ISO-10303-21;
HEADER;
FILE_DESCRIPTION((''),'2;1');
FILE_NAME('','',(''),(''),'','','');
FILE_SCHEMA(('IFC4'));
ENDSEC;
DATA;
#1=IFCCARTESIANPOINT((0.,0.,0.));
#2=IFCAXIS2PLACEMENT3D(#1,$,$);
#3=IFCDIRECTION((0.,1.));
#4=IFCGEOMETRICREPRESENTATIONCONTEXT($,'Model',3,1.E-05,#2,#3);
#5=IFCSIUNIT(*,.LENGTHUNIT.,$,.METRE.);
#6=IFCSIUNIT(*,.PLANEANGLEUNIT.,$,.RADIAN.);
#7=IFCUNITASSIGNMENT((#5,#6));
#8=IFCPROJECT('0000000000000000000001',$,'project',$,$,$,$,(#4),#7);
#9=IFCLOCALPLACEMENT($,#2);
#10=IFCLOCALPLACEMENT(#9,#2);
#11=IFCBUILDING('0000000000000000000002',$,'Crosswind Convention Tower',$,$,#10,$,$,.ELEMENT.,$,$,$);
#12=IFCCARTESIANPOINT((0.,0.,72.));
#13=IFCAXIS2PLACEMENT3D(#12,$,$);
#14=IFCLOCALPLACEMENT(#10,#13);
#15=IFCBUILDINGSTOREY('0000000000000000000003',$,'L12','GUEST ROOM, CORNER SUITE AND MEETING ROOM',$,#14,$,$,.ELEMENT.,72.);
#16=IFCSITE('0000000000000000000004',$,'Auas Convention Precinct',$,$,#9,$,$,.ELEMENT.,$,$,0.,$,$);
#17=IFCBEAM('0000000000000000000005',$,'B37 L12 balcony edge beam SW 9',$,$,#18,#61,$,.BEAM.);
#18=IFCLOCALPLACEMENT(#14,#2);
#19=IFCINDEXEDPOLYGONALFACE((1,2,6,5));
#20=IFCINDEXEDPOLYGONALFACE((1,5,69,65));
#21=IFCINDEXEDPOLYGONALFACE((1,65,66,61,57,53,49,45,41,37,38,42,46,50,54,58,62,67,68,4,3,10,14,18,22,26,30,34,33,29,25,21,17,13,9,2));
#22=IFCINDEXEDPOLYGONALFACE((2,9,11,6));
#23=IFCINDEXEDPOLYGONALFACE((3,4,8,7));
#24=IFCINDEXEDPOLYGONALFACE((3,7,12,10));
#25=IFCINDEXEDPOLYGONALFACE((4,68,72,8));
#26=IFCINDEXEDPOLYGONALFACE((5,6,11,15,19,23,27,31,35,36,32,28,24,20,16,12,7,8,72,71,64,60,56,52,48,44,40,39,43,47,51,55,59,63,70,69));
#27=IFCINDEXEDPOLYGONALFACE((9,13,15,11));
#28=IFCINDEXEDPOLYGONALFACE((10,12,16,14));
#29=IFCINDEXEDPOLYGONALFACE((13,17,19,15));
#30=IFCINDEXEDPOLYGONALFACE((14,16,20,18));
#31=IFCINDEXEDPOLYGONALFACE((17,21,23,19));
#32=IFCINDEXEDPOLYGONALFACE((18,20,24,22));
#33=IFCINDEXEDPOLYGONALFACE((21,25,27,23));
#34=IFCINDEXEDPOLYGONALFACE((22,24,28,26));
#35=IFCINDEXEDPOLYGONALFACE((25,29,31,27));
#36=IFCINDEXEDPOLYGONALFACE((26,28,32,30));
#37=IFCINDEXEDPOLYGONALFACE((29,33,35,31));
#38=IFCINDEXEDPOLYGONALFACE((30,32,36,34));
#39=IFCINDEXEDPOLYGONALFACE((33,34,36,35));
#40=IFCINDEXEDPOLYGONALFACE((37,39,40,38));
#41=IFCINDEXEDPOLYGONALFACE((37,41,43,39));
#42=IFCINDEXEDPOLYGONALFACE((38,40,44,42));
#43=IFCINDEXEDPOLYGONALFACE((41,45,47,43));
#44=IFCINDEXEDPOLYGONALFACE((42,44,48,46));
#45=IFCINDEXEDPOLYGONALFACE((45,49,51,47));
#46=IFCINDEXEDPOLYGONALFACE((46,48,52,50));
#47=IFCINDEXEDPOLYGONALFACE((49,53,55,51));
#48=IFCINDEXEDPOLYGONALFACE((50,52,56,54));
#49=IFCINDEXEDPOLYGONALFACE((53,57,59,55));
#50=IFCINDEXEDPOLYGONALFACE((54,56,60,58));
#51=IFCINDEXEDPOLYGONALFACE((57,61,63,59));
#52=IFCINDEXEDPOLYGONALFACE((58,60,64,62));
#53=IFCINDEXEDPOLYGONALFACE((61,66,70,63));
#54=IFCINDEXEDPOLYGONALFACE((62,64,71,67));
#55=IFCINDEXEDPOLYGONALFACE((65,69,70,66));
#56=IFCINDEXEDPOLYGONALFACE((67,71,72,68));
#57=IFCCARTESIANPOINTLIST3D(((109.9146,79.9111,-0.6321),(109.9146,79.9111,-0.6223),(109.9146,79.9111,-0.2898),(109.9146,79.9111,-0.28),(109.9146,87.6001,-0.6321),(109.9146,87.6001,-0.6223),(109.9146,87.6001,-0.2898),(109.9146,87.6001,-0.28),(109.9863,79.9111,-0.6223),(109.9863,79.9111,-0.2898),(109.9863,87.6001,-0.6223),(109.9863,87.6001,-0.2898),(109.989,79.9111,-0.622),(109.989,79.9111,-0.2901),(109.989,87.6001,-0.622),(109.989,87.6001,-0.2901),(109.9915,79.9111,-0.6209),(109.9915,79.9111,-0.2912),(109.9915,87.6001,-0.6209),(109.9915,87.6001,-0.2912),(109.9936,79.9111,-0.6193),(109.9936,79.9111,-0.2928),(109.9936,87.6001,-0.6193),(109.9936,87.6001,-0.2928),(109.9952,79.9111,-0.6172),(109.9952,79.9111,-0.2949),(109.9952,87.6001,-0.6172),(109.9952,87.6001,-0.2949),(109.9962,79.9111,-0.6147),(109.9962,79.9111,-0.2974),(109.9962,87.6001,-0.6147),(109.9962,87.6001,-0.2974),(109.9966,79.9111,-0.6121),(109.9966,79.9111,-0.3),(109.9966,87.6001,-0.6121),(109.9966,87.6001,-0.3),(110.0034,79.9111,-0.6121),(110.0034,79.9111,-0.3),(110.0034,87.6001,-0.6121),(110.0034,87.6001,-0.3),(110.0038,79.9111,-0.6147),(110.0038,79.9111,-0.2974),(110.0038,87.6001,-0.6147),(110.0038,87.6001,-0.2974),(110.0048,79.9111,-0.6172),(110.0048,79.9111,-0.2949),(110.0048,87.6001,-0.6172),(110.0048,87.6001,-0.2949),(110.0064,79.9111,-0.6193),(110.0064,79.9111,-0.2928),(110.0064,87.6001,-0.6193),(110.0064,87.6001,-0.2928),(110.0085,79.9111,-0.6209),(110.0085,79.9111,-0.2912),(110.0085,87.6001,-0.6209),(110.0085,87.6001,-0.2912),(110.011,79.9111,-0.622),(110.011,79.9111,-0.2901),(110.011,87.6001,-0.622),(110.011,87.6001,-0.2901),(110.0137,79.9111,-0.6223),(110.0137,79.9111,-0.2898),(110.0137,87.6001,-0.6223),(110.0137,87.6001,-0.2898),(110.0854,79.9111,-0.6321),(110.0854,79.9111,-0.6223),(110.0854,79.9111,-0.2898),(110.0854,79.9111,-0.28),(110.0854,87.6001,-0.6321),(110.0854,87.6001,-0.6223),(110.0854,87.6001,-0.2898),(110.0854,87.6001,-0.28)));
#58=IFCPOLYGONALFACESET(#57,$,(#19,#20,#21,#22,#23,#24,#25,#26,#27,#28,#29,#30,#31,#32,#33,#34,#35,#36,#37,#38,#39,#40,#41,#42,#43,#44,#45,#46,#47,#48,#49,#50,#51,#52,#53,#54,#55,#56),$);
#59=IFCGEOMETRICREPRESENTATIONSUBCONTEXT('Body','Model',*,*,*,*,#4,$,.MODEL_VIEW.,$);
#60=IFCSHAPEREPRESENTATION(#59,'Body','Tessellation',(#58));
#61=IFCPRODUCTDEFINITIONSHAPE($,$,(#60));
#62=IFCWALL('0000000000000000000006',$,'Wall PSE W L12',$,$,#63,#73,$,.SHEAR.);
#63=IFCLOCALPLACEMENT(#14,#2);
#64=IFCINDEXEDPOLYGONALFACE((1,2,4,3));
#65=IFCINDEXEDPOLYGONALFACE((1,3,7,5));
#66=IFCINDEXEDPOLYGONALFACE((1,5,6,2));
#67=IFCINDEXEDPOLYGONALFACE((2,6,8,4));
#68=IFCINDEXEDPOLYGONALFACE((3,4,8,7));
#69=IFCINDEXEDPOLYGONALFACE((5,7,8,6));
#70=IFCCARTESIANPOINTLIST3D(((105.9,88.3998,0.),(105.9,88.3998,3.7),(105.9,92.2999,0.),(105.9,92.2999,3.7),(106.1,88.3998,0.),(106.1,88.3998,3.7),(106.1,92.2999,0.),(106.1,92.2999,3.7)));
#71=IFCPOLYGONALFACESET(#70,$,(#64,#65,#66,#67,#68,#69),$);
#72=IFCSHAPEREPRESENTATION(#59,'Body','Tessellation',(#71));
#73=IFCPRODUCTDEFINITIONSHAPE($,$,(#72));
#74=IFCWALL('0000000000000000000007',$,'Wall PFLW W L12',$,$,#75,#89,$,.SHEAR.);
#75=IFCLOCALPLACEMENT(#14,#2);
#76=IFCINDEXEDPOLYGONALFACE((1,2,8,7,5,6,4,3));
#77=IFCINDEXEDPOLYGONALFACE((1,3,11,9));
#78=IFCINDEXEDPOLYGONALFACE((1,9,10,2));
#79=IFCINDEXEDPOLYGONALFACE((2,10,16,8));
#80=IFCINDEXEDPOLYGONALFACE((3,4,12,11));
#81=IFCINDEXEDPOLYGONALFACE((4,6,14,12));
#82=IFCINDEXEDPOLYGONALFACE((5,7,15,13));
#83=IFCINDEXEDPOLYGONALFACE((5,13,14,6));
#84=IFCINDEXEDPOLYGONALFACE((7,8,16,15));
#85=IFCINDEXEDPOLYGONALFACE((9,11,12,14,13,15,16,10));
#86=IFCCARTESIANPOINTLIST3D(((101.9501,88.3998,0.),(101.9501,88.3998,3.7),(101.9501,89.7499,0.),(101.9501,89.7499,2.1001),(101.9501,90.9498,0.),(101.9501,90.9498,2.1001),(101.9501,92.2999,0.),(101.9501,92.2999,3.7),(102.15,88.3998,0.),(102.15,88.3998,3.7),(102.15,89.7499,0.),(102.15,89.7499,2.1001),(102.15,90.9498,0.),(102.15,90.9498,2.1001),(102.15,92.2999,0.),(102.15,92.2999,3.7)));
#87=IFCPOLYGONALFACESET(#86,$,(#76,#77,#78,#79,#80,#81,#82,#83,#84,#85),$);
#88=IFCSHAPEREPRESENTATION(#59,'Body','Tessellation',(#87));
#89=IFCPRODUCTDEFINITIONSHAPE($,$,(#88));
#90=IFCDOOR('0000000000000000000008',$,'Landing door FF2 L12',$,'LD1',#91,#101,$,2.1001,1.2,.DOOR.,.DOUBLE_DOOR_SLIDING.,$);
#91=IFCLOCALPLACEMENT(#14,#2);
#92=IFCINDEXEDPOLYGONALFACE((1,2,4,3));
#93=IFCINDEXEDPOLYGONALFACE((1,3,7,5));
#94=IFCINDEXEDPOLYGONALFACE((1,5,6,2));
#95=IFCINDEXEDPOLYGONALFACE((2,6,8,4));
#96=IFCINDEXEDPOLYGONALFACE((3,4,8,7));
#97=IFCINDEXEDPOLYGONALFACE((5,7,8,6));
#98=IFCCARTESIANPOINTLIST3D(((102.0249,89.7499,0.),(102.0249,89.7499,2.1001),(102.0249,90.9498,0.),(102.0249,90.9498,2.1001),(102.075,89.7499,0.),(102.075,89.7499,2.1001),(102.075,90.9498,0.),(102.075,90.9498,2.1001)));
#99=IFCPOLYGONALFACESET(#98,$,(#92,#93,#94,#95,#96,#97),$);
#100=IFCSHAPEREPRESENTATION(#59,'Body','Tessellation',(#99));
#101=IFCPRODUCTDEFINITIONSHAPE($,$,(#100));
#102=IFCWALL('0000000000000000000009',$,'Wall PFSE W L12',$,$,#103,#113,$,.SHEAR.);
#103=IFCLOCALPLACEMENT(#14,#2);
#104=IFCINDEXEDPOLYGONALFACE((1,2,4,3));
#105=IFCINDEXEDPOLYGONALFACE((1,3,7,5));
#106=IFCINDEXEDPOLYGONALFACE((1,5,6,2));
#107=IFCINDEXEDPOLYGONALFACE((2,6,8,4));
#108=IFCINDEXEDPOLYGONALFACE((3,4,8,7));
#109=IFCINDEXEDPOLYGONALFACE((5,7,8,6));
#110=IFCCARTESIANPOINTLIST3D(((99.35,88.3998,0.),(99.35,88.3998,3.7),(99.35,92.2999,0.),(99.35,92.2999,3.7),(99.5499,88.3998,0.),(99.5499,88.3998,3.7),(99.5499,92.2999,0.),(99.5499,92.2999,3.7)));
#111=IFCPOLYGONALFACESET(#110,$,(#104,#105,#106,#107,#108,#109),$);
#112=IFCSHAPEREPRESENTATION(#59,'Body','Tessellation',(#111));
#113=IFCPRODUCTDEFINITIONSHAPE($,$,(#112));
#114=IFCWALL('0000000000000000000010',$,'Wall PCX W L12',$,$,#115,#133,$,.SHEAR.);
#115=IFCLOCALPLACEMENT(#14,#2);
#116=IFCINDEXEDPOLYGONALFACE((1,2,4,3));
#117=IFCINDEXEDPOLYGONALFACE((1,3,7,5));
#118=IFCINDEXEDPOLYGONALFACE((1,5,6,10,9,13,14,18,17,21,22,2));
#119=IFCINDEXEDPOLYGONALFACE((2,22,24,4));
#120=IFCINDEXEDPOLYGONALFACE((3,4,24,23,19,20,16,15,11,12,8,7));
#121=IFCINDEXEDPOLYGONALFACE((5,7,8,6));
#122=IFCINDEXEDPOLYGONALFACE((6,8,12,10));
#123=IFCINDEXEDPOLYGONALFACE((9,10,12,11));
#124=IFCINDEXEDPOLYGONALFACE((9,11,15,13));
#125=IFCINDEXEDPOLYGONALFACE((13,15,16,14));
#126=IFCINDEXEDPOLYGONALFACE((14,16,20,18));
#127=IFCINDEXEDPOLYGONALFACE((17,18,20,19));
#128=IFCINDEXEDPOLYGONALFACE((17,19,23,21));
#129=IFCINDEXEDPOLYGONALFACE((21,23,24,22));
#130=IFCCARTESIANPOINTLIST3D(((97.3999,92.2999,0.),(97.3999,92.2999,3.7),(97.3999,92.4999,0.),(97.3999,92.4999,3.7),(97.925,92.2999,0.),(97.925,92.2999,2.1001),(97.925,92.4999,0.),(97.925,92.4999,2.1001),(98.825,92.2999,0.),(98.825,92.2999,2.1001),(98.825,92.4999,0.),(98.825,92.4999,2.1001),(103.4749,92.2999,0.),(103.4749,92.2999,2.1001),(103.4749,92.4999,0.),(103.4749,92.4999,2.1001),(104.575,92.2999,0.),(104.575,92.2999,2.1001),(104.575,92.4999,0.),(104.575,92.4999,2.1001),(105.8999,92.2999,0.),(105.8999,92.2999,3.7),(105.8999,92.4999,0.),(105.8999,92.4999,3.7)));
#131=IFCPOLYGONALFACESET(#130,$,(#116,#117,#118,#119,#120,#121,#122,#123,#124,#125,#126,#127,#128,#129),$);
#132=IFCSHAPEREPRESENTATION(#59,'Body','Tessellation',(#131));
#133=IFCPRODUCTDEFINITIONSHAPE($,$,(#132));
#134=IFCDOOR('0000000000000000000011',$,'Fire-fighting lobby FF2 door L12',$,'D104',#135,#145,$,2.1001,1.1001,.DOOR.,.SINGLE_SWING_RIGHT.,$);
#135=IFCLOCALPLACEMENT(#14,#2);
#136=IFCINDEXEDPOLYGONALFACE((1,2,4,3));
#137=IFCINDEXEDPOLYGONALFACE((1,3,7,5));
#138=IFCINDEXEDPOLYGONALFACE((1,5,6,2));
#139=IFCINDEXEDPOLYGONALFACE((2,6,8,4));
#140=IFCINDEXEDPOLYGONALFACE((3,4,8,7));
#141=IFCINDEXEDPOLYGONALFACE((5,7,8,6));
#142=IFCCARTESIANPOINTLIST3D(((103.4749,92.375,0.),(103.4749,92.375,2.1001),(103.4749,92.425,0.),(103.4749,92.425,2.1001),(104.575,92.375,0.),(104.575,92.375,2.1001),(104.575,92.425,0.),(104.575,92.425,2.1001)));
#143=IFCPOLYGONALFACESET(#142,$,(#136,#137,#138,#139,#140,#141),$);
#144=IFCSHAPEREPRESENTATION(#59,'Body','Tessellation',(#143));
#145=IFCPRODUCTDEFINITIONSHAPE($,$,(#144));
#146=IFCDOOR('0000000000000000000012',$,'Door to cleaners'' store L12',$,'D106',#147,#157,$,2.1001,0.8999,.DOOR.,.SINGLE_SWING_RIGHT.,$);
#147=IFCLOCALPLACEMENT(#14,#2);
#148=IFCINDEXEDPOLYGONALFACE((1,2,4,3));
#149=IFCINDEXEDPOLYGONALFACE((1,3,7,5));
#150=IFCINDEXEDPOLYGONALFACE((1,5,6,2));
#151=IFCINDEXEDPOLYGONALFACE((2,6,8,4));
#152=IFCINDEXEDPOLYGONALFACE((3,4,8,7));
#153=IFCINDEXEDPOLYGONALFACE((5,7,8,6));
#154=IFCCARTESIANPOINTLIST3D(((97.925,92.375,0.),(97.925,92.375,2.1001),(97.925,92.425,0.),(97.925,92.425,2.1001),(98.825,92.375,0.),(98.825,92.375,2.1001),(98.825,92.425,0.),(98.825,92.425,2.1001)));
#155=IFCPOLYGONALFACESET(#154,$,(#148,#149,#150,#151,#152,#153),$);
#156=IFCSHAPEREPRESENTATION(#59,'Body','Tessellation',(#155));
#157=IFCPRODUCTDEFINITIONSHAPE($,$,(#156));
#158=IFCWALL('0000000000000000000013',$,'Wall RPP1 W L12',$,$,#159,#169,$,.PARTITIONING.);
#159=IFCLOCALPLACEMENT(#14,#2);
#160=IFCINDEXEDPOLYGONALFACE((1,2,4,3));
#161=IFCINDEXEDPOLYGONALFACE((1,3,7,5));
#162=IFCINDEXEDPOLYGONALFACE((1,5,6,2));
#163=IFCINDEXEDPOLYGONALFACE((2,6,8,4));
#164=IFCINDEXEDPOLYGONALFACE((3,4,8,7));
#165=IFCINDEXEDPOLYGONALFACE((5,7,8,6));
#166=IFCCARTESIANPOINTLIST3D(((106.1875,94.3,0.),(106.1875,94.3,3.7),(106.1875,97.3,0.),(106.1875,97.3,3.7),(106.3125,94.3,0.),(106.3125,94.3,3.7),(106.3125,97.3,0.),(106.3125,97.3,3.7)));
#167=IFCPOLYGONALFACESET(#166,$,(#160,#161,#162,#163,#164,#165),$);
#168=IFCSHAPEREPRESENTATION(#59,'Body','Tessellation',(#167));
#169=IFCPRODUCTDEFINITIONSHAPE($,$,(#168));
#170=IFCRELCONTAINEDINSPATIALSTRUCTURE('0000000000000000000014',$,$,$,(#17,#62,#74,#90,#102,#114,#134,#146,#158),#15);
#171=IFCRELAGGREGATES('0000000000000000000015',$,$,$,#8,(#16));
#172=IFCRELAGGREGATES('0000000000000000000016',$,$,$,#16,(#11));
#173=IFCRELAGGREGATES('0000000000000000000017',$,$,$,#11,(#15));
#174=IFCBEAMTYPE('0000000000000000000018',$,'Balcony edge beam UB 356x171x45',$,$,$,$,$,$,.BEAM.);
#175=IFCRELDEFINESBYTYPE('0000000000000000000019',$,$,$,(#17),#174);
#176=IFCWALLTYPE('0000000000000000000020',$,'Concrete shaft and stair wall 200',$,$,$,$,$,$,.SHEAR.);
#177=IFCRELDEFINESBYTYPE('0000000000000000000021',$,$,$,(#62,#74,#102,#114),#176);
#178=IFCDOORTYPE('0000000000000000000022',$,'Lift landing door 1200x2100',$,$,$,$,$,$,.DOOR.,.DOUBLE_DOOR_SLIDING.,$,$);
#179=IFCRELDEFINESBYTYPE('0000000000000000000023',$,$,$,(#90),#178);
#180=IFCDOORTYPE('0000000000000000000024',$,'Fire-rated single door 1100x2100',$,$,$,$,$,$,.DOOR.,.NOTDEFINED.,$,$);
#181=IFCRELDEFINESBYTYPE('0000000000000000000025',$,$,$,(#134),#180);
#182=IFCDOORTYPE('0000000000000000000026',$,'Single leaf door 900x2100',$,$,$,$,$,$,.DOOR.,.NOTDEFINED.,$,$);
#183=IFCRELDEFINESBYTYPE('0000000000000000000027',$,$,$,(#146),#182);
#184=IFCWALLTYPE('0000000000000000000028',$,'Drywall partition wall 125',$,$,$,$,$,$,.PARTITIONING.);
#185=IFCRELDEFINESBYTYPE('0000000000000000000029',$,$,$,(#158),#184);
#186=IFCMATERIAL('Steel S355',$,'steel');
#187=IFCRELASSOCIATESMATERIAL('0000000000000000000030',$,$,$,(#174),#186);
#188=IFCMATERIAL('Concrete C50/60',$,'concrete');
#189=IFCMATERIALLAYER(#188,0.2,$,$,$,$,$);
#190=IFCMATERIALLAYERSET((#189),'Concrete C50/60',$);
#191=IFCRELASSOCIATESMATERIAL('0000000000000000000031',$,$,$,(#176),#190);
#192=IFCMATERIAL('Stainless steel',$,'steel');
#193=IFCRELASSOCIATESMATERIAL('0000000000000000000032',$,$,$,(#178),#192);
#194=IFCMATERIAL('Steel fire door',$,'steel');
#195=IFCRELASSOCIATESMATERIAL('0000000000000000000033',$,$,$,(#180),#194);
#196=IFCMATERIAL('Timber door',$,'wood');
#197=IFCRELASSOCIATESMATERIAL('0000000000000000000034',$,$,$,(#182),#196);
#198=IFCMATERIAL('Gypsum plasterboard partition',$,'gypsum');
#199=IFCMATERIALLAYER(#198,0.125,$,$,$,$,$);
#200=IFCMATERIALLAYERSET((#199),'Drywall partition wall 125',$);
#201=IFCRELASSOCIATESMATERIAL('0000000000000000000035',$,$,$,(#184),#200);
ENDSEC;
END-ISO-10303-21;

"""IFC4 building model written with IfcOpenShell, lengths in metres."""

from ifc_helpers import new_model, si_unit, direction, frame, frame_2d, origin, origin_2d, place, context, subcontext, project, spatial, rectangle, i_section, extrude, material, layer, layer_set, material_profile, profile_set, type_object, element, fill, save


model = new_model("IFC4")

# Units and contexts
model_context = context("Model", 3, precision=1e-05, world=origin(), true_north=direction((0.0, 1.0)))
body_context = subcontext(model_context, "Body", "Model", "MODEL_VIEW")
ifc_project = project(units=[si_unit("LENGTHUNIT", "METRE"), si_unit("PLANEANGLEUNIT", "RADIAN")], contexts=[model_context])

# Site, building, storey
site_placement = place(None, origin())
site = spatial("IfcSite", under=ifc_project, at=site_placement, Name="Auas Convention Precinct", CompositionType="ELEMENT", RefElevation=0.0)
building_placement = place(site_placement, origin())
building = spatial("IfcBuilding", under=site, at=building_placement, Name="Crosswind Convention Tower", CompositionType="ELEMENT")
storey_placement = place(building_placement, frame((0.0, 0.0, 72.0)))
storey = spatial("IfcBuildingStorey", under=building, at=storey_placement, Name="L12", Description="GUEST ROOM, CORNER SUITE AND MEETING ROOM", CompositionType="ELEMENT", Elevation=72.0)

# Beam
ifc_material_1 = material(Name="Steel S355", Category="steel")
ifc_material_profile = material_profile(ifc_material_1, i_section(OverallWidth=0.1709, OverallDepth=0.3521, WebThickness=0.0068, FlangeThickness=0.0098, FilletRadius=0.0103, at=origin_2d()), Name="UB 356x171x45")
ifc_profile_set = profile_set([ifc_material_profile], Name="Steel S355")
beam_type = type_object("IfcBeamType", Name="Balcony edge beam UB 356x171x45", PredefinedType="BEAM", material=ifc_profile_set)
beam_placement = place(storey_placement, frame((110.0, 87.6001, -0.4561), z_axis=(0.0, -1.0, 0.0), x_axis=(1.0, 0.0, 0.0)))
element("IfcBeam", 1, at=beam_placement, inside=storey, type_object=beam_type, Name="B37 L12 balcony edge beam SW 9", PredefinedType="BEAM", context=body_context, shape_type="SweptSolid", body=[
    extrude(i_section(OverallWidth=0.1709, OverallDepth=0.3521, WebThickness=0.0068, FlangeThickness=0.0098, FilletRadius=0.0103, at=origin_2d()), origin(), (0.0, 0.0, 1.0), 7.689),
])

# Wall
ifc_material_2 = material(Name="Concrete C50/60", Category="concrete")
ifc_layer_1 = layer(ifc_material_2, 0.2)
ifc_layer_set_1 = layer_set([ifc_layer_1], Name="Concrete C50/60")
wall_type_1 = type_object("IfcWallType", Name="Concrete shaft and stair wall 200", PredefinedType="SHEAR", material=ifc_layer_set_1)
wall_1_placement = place(storey_placement, frame((106.0, 92.3, 0.0), z_axis=(0.0, 0.0, 1.0), x_axis=(0.0, -1.0, 0.0)))
element("IfcWall", 2, at=wall_1_placement, inside=storey, type_object=wall_type_1, Name="Wall PSE W L12", PredefinedType="SHEAR", context=body_context, shape_type="SweptSolid", body=[
    extrude(rectangle(XDim=3.9001, YDim=0.2, at=frame_2d((1.9502, 0.0))), origin(), (0.0, 0.0, 1.0), 3.7),
])

# Wall, opening, door
wall_2_placement = place(storey_placement, frame((102.05, 92.3, 0.0), z_axis=(0.0, 0.0, 1.0), x_axis=(0.0, -1.0, 0.0)))
wall_2 = element("IfcWall", 3, at=wall_2_placement, inside=storey, type_object=wall_type_1, Name="Wall PFLW W L12", PredefinedType="SHEAR", context=body_context, shape_type="SweptSolid", body=[
    extrude(rectangle(XDim=3.9001, YDim=0.2, at=frame_2d((1.9502, 0.0))), origin(), (0.0, 0.0, 1.0), 3.7),
])
opening_1_placement = place(wall_2_placement, frame((1.3501, 0.0, 0.0)))
opening_1 = element("IfcOpeningElement", 4, at=opening_1_placement, cuts=wall_2, PredefinedType="OPENING", context=body_context, shape_type="SweptSolid", body=[
    extrude(rectangle(XDim=1.2, YDim=2.1001, at=frame_2d((0.6001, 1.05))), frame((0.0, 0.1099, 0.0), z_axis=(0.0, -1.0, 0.0), x_axis=(1.0, 0.0, 0.0)), (0.0, 0.0, 1.0), 0.22),
])
ifc_material_3 = material(Name="Stainless steel", Category="steel")
door_type_1 = type_object("IfcDoorType", Name="Lift landing door 1200x2100", OperationType="DOUBLE_DOOR_SLIDING", PredefinedType="DOOR", material=ifc_material_3)
door_1_placement = place(opening_1_placement, origin())
door_1 = element("IfcDoor", 5, at=door_1_placement, inside=storey, type_object=door_type_1, Name="Landing door FF2 L12", ObjectType="LD1", OperationType="DOUBLE_DOOR_SLIDING", OverallHeight=2.1001, OverallWidth=1.2, PredefinedType="DOOR", context=body_context, shape_type="SweptSolid", body=[
    extrude(rectangle(XDim=1.2, YDim=2.1001, at=frame_2d((0.6001, 1.05))), frame((0.0, 0.0249, 0.0), z_axis=(0.0, -1.0, 0.0), x_axis=(1.0, 0.0, 0.0)), (0.0, 0.0, 1.0), 0.05),
])
fill(opening_1, door_1)

# Wall
wall_3_placement = place(storey_placement, frame((99.45, 92.3, 0.0), z_axis=(0.0, 0.0, 1.0), x_axis=(0.0, -1.0, 0.0)))
element("IfcWall", 6, at=wall_3_placement, inside=storey, type_object=wall_type_1, Name="Wall PFSE W L12", PredefinedType="SHEAR", context=body_context, shape_type="SweptSolid", body=[
    extrude(rectangle(XDim=3.9001, YDim=0.2, at=frame_2d((1.9502, 0.0))), origin(), (0.0, 0.0, 1.0), 3.7),
])

# Wall, openings, doors
wall_4_placement = place(storey_placement, frame((105.8999, 92.3999, 0.0), z_axis=(0.0, 0.0, 1.0), x_axis=(-1.0, 0.0, 0.0)))
wall_4 = element("IfcWall", 7, at=wall_4_placement, inside=storey, type_object=wall_type_1, Name="Wall PCX W L12", PredefinedType="SHEAR", context=body_context, shape_type="SweptSolid", body=[
    extrude(rectangle(XDim=8.5, YDim=0.2, at=frame_2d((4.25, 0.0))), origin(), (0.0, 0.0, 1.0), 3.7),
])
opening_2_placement = place(wall_4_placement, frame((1.325, 0.0, 0.0)))
opening_2 = element("IfcOpeningElement", 8, at=opening_2_placement, cuts=wall_4, PredefinedType="OPENING", context=body_context, shape_type="SweptSolid", body=[
    extrude(rectangle(XDim=1.1001, YDim=2.1001, at=frame_2d((0.55, 1.05))), frame((0.0, 0.1099, 0.0), z_axis=(0.0, -1.0, 0.0), x_axis=(1.0, 0.0, 0.0)), (0.0, 0.0, 1.0), 0.22),
])
opening_3_placement = place(wall_4_placement, frame((7.075, 0.0, 0.0)))
opening_3 = element("IfcOpeningElement", 9, at=opening_3_placement, cuts=wall_4, PredefinedType="OPENING", context=body_context, shape_type="SweptSolid", body=[
    extrude(rectangle(XDim=0.8999, YDim=2.1001, at=frame_2d((0.45, 1.05))), frame((0.0, 0.1099, 0.0), z_axis=(0.0, -1.0, 0.0), x_axis=(1.0, 0.0, 0.0)), (0.0, 0.0, 1.0), 0.22),
])
ifc_material_4 = material(Name="Steel fire door", Category="steel")
door_type_2 = type_object("IfcDoorType", Name="Fire-rated single door 1100x2100", OperationType="NOTDEFINED", PredefinedType="DOOR", material=ifc_material_4)
door_2_placement = place(opening_2_placement, origin())
door_2 = element("IfcDoor", 10, at=door_2_placement, inside=storey, type_object=door_type_2, Name="Fire-fighting lobby FF2 door L12", ObjectType="D104", OperationType="SINGLE_SWING_RIGHT", OverallHeight=2.1001, OverallWidth=1.1001, PredefinedType="DOOR", context=body_context, shape_type="SweptSolid", body=[
    extrude(rectangle(XDim=1.1001, YDim=2.1001, at=frame_2d((0.55, 1.05))), frame((0.0, 0.0249, 0.0), z_axis=(0.0, -1.0, 0.0), x_axis=(1.0, 0.0, 0.0)), (0.0, 0.0, 1.0), 0.05),
])
fill(opening_2, door_2)
ifc_material_5 = material(Name="Timber door", Category="wood")
door_type_3 = type_object("IfcDoorType", Name="Single leaf door 900x2100", OperationType="NOTDEFINED", PredefinedType="DOOR", material=ifc_material_5)
door_3_placement = place(opening_3_placement, origin())
door_3 = element("IfcDoor", 11, at=door_3_placement, inside=storey, type_object=door_type_3, Name="Door to cleaners' store L12", ObjectType="D106", OperationType="SINGLE_SWING_RIGHT", OverallHeight=2.1001, OverallWidth=0.8999, PredefinedType="DOOR", context=body_context, shape_type="SweptSolid", body=[
    extrude(rectangle(XDim=0.8999, YDim=2.1001, at=frame_2d((0.45, 1.05))), frame((0.0, 0.0249, 0.0), z_axis=(0.0, -1.0, 0.0), x_axis=(1.0, 0.0, 0.0)), (0.0, 0.0, 1.0), 0.05),
])
fill(opening_3, door_3)

# Wall
ifc_material_6 = material(Name="Gypsum plasterboard partition", Category="gypsum")
ifc_layer_2 = layer(ifc_material_6, 0.125)
ifc_layer_set_2 = layer_set([ifc_layer_2], Name="Drywall partition wall 125")
wall_type_2 = type_object("IfcWallType", Name="Drywall partition wall 125", PredefinedType="PARTITIONING", material=ifc_layer_set_2)
for number, where, z_axis, x_axis, name in (
    (12, (106.25, 97.3, 0.0), (0.0, 0.0, 1.0), (0.0, -1.0, 0.0), "Wall RPP1 W L12"),
):
    element("IfcWall", number, at=place(storey_placement, frame(where, z_axis=z_axis, x_axis=x_axis)), inside=storey, type_object=wall_type_2, Name=name, PredefinedType="PARTITIONING", context=body_context, shape_type="SweptSolid", body=[
        extrude(rectangle(XDim=3.0, YDim=0.125, at=frame_2d((1.5, 0.0))), origin(), (0.0, 0.0, 1.0), 3.7),
    ])

save(model, "model.ifc")
